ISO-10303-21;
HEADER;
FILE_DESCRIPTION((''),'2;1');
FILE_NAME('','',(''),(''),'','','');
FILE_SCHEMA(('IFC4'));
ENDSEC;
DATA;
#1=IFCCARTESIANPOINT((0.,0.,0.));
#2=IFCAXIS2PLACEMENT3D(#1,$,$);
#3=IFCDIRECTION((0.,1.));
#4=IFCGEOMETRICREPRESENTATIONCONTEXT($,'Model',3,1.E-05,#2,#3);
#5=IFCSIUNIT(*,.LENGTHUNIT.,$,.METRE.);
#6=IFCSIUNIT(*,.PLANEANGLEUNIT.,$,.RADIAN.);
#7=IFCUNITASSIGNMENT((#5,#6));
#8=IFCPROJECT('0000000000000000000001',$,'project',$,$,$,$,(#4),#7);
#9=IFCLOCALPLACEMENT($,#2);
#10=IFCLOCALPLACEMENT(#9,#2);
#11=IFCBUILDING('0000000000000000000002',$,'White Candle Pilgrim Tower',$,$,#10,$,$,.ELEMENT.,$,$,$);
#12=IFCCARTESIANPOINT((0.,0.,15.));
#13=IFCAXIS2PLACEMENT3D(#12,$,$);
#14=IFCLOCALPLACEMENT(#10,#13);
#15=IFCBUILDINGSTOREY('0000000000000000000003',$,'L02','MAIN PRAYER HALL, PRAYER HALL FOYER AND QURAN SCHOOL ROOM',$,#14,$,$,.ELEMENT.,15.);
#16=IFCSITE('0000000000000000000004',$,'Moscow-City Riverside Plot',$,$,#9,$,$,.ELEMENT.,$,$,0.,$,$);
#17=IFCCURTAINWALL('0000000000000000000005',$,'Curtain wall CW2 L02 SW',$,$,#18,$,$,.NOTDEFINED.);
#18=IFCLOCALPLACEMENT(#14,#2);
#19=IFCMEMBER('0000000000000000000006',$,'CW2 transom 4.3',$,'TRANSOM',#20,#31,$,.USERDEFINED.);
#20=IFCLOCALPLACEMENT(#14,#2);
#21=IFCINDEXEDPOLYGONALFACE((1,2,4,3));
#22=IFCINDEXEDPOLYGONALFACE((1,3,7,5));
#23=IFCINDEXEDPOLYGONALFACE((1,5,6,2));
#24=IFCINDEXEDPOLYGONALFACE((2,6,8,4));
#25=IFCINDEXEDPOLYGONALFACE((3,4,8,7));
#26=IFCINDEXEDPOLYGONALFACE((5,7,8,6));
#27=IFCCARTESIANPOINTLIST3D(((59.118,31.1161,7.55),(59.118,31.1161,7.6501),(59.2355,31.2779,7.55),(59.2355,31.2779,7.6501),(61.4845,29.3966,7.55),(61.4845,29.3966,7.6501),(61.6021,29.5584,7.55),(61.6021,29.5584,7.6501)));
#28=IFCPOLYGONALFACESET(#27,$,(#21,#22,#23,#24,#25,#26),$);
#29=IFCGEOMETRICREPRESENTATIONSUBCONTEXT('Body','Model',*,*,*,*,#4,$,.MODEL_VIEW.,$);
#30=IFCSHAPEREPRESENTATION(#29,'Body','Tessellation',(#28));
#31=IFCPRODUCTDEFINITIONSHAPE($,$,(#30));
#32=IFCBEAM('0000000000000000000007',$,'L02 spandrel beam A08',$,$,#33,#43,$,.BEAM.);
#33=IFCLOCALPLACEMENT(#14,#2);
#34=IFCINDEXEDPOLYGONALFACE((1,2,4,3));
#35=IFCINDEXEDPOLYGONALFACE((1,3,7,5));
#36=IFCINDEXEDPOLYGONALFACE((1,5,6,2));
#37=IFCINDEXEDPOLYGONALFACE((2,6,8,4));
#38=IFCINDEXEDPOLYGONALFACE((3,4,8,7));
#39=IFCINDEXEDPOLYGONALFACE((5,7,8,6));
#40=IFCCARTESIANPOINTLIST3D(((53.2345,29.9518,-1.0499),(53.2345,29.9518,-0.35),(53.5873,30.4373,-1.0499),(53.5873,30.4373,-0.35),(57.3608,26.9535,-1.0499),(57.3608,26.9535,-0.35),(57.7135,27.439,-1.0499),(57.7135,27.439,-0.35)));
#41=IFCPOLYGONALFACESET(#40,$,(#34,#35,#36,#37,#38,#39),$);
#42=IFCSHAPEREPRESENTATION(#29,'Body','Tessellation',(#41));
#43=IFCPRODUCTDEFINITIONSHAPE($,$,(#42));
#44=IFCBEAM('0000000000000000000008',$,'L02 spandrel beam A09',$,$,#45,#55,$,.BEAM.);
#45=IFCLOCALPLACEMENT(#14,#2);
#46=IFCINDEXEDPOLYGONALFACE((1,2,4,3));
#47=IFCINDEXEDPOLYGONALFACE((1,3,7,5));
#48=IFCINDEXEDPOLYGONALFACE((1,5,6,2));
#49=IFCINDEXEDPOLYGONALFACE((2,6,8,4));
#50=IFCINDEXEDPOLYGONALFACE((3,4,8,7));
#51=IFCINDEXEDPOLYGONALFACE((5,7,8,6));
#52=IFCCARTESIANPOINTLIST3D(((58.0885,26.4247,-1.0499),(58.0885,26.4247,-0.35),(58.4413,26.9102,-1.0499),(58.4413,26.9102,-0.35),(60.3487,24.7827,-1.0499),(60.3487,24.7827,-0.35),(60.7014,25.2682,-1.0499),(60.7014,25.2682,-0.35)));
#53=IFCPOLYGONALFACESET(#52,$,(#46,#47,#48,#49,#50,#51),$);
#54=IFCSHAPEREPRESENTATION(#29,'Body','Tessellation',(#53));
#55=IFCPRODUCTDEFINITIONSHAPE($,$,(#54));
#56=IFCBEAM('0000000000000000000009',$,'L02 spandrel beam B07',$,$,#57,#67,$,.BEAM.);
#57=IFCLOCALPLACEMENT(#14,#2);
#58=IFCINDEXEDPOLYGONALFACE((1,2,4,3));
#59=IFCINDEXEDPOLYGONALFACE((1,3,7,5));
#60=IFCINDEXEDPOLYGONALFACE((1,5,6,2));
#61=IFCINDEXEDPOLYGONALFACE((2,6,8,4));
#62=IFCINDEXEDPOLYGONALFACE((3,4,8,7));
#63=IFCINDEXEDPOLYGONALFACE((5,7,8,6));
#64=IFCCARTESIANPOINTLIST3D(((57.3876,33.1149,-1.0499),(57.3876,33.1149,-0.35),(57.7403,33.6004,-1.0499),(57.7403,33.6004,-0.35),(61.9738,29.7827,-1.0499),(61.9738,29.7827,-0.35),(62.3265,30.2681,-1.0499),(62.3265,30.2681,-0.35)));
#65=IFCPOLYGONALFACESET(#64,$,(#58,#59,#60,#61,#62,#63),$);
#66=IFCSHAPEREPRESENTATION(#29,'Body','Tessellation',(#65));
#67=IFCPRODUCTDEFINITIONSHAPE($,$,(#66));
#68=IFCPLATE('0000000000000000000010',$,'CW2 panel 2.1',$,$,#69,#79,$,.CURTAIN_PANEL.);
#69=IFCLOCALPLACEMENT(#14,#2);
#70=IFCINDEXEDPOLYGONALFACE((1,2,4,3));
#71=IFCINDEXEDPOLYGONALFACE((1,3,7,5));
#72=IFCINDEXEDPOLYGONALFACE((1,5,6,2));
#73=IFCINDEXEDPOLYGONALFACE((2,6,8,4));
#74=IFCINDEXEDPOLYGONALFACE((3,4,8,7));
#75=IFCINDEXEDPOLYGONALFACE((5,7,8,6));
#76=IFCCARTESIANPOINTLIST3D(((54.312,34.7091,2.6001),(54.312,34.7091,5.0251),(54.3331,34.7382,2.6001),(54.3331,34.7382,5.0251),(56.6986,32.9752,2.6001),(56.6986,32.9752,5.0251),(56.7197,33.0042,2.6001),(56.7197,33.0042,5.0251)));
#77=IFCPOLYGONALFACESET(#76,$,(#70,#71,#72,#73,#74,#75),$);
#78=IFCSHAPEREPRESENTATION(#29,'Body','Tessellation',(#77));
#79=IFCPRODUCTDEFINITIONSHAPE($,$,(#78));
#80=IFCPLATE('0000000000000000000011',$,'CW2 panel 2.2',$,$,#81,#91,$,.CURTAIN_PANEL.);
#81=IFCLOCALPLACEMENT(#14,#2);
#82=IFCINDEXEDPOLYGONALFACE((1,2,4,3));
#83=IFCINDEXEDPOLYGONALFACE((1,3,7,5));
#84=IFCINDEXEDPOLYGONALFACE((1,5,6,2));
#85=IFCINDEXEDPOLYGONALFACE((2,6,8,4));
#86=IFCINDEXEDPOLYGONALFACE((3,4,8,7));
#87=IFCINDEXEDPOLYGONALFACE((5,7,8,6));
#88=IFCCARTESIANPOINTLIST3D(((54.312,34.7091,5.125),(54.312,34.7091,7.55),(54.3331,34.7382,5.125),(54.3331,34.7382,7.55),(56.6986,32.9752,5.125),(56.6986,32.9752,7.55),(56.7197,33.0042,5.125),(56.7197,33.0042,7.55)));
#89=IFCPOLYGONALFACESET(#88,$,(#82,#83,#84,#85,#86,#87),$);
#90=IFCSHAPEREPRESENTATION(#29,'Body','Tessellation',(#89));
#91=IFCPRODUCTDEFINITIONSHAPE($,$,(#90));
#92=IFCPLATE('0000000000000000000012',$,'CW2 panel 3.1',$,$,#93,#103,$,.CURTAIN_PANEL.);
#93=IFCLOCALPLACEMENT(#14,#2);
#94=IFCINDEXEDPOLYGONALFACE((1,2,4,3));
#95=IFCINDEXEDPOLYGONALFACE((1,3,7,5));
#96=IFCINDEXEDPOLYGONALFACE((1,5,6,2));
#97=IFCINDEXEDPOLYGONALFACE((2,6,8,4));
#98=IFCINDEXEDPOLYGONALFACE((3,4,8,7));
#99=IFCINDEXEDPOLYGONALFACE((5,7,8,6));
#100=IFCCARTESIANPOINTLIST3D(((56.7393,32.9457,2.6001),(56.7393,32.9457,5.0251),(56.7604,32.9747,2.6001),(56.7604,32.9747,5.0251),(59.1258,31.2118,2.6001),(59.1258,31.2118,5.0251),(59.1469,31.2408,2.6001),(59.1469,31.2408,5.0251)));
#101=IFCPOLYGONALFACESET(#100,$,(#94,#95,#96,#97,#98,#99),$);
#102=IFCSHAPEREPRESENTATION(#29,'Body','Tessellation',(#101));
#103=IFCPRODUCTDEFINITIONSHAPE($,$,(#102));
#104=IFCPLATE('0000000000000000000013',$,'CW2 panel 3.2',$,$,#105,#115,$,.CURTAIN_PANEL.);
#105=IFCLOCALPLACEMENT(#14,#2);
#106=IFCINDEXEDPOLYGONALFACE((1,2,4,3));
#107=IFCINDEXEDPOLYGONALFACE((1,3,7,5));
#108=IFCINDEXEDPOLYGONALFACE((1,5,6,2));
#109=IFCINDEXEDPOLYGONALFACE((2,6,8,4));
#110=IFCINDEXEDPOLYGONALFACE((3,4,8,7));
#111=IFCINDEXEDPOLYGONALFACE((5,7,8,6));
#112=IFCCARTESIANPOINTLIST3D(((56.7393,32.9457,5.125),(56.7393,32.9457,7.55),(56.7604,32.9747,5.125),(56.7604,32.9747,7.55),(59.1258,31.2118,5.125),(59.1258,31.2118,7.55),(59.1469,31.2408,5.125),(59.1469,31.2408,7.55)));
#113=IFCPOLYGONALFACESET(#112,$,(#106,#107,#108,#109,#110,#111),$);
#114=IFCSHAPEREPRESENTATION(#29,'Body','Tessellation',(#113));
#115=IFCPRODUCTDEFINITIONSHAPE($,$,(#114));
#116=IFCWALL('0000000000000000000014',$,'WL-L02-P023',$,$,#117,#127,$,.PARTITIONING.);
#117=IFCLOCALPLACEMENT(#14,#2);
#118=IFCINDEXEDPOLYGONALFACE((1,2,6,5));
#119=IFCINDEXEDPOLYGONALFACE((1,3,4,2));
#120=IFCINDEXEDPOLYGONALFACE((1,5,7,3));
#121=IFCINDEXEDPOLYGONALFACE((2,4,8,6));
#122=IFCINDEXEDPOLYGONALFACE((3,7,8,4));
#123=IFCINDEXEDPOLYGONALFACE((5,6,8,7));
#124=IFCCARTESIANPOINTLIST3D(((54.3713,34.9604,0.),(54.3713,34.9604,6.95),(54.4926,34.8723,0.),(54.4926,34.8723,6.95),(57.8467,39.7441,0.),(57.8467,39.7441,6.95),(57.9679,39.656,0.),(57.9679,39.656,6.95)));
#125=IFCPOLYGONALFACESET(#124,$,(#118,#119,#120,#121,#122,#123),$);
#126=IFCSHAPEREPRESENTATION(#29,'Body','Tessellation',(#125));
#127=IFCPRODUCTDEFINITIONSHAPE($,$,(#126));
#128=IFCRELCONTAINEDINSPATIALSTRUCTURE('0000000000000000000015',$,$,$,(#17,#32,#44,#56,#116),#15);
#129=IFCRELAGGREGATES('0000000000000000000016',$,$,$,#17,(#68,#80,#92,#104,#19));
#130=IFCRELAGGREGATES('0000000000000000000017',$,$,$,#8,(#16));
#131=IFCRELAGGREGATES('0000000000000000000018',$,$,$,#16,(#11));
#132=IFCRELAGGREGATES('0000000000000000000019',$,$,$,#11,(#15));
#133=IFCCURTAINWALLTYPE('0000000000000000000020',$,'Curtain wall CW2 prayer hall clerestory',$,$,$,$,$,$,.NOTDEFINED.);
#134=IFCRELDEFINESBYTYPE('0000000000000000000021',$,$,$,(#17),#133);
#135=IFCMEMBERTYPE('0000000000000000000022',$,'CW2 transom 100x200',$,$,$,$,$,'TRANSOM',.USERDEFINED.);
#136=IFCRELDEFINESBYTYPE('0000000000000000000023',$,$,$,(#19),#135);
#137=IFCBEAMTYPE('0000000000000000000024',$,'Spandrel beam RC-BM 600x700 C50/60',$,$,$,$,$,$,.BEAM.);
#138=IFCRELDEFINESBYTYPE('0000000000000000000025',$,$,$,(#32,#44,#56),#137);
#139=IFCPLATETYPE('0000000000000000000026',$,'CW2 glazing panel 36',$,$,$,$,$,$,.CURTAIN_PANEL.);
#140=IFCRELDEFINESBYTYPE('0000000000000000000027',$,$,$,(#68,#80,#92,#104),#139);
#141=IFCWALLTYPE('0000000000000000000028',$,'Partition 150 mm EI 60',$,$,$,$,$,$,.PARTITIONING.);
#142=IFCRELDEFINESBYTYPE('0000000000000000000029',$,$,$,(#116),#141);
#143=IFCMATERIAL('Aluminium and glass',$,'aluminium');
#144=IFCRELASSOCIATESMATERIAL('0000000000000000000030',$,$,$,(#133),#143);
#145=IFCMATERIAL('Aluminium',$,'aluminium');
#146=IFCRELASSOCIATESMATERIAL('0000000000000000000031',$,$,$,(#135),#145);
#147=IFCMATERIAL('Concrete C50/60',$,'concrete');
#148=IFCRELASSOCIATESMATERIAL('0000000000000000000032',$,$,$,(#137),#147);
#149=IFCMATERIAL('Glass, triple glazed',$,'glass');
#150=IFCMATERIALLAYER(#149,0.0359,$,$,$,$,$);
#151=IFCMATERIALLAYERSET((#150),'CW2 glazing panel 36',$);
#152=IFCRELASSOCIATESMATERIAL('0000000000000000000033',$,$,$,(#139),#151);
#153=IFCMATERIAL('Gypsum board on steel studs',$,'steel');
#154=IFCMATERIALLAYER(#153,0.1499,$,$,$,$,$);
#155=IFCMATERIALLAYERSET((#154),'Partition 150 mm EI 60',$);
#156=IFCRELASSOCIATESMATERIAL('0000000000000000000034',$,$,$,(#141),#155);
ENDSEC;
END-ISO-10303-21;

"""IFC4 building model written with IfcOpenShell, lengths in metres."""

from ifc_helpers import new_model, si_unit, direction, frame, frame_2d, origin, origin_2d, place, context, subcontext, project, spatial, rectangle, extrude, material, layer, layer_set, material_profile, profile_set, type_object, element, aggregate, save


model = new_model("IFC4")

# Units and contexts
model_context = context("Model", 3, precision=1e-05, world=origin(), true_north=direction((0.0, 1.0)))
body_context = subcontext(model_context, "Body", "Model", "MODEL_VIEW")
ifc_project = project(units=[si_unit("LENGTHUNIT", "METRE"), si_unit("PLANEANGLEUNIT", "RADIAN")], contexts=[model_context])

# Site, building, storey
site_placement = place(None, origin())
site = spatial("IfcSite", under=ifc_project, at=site_placement, Name="Moscow-City Riverside Plot", CompositionType="ELEMENT", RefElevation=0.0)
building_placement = place(site_placement, origin())
building = spatial("IfcBuilding", under=site, at=building_placement, Name="White Candle Pilgrim Tower", CompositionType="ELEMENT")
storey_placement = place(building_placement, frame((0.0, 0.0, 15.0)))
storey = spatial("IfcBuildingStorey", under=building, at=storey_placement, Name="L02", Description="MAIN PRAYER HALL, PRAYER HALL FOYER AND QURAN SCHOOL ROOM", CompositionType="ELEMENT", Elevation=15.0)

# Curtain wall, member
ifc_material_1 = material(Name="Aluminium and glass", Category="aluminium")
curtain_wall_type = type_object("IfcCurtainWallType", Name="Curtain wall CW2 prayer hall clerestory", PredefinedType="NOTDEFINED", material=ifc_material_1)
curtain_wall_placement = place(storey_placement, origin())
curtain_wall = element("IfcCurtainWall", 1, at=curtain_wall_placement, inside=storey, type_object=curtain_wall_type, Name="Curtain wall CW2 L02 SW", PredefinedType="NOTDEFINED")
ifc_material_2 = material(Name="Aluminium", Category="aluminium")
ifc_material_profile_1 = material_profile(ifc_material_2, rectangle(XDim=0.2, YDim=0.1001, at=origin_2d()), Name="CW2 transom 100x200")
ifc_profile_set_1 = profile_set([ifc_material_profile_1], Name="Aluminium")
member_type_1 = type_object("IfcMemberType", Name="CW2 transom 100x200", ElementType="TRANSOM", PredefinedType="USERDEFINED", material=ifc_profile_set_1)
member_1_placement = place(storey_placement, frame((59.1768, 31.197, 7.6001), z_axis=(0.808992, -0.587819, 0.0), x_axis=(0.587819, 0.808992, 0.0)))
member_1 = element("IfcMember", 2, at=member_1_placement, type_object=member_type_1, Name="CW2 transom 4.3", ObjectType="TRANSOM", PredefinedType="USERDEFINED", context=body_context, shape_type="SweptSolid", body=[
    extrude(rectangle(XDim=0.2, YDim=0.1001, at=origin_2d()), origin(), (0.0, 0.0, 1.0), 2.9253),
])

# Beams
ifc_material_3 = material(Name="Concrete C50/60", Category="concrete")
ifc_material_profile_2 = material_profile(ifc_material_3, rectangle(XDim=0.6001, YDim=0.7, at=origin_2d()), Name="RC-BM 600x700")
ifc_profile_set_2 = profile_set([ifc_material_profile_2], Name="Concrete C50/60")
beam_type = type_object("IfcBeamType", Name="Spandrel beam RC-BM 600x700 C50/60", PredefinedType="BEAM", material=ifc_profile_set_2)
beam_1_placement = place(storey_placement, frame((53.4109, 30.1946, -0.7), z_axis=(0.808978, -0.587839, 0.0), x_axis=(0.587839, 0.808978, 0.0)))
element("IfcBeam", 3, at=beam_1_placement, inside=storey, type_object=beam_type, Name="L02 spandrel beam A08", PredefinedType="BEAM", context=body_context, shape_type="SweptSolid", body=[
    extrude(rectangle(XDim=0.6001, YDim=0.7, at=origin_2d()), origin(), (0.0, 0.0, 1.0), 5.1006),
])
beam_2_placement = place(storey_placement, frame((58.2649, 26.6675, -0.7), z_axis=(0.809031, -0.587766, 0.0), x_axis=(0.587766, 0.809031, 0.0)))
element("IfcBeam", 4, at=beam_2_placement, inside=storey, type_object=beam_type, Name="L02 spandrel beam A09", PredefinedType="BEAM", context=body_context, shape_type="SweptSolid", body=[
    extrude(rectangle(XDim=0.6001, YDim=0.7, at=origin_2d()), origin(), (0.0, 0.0, 1.0), 2.7937),
])
beam_3_placement = place(storey_placement, frame((57.564, 33.3577, -0.7), z_axis=(0.808999, -0.587811, 0.0), x_axis=(0.587811, 0.808999, 0.0)))
element("IfcBeam", 5, at=beam_3_placement, inside=storey, type_object=beam_type, Name="L02 spandrel beam B07", PredefinedType="BEAM", context=body_context, shape_type="SweptSolid", body=[
    extrude(rectangle(XDim=0.6001, YDim=0.7, at=origin_2d()), origin(), (0.0, 0.0, 1.0), 5.6689),
])

# Plates
ifc_material_4 = material(Name="Glass, triple glazed", Category="glass")
ifc_layer_1 = layer(ifc_material_4, 0.0359)
ifc_layer_set_1 = layer_set([ifc_layer_1], Name="CW2 glazing panel 36")
plate_type = type_object("IfcPlateType", Name="CW2 glazing panel 36", PredefinedType="CURTAIN_PANEL", material=ifc_layer_set_1)
plate_1_placement = place(storey_placement, frame((55.5159, 33.8567, 2.6001), z_axis=(0.0, 0.0, 1.0), x_axis=(0.809017, -0.587785, 0.0)))
plate_1 = element("IfcPlate", 6, at=plate_1_placement, type_object=plate_type, Name="CW2 panel 2.1", PredefinedType="CURTAIN_PANEL", context=body_context, shape_type="SweptSolid", body=[
    extrude(rectangle(XDim=2.95, YDim=0.0359, at=origin_2d()), origin(), (0.0, 0.0, 1.0), 2.425),
])
plate_2_placement = place(storey_placement, frame((55.5159, 33.8567, 5.125), z_axis=(0.0, 0.0, 1.0), x_axis=(0.809017, -0.587785, 0.0)))
plate_2 = element("IfcPlate", 7, at=plate_2_placement, type_object=plate_type, Name="CW2 panel 2.2", PredefinedType="CURTAIN_PANEL", context=body_context, shape_type="SweptSolid", body=[
    extrude(rectangle(XDim=2.95, YDim=0.0359, at=origin_2d()), origin(), (0.0, 0.0, 1.0), 2.425),
])
plate_3_placement = place(storey_placement, frame((57.9431, 32.0933, 2.6001), z_axis=(0.0, 0.0, 1.0), x_axis=(0.809017, -0.587785, 0.0)))
plate_3 = element("IfcPlate", 8, at=plate_3_placement, type_object=plate_type, Name="CW2 panel 3.1", PredefinedType="CURTAIN_PANEL", context=body_context, shape_type="SweptSolid", body=[
    extrude(rectangle(XDim=2.95, YDim=0.0359, at=origin_2d()), origin(), (0.0, 0.0, 1.0), 2.425),
])
plate_4_placement = place(storey_placement, frame((57.9431, 32.0933, 5.125), z_axis=(0.0, 0.0, 1.0), x_axis=(0.809017, -0.587785, 0.0)))
plate_4 = element("IfcPlate", 9, at=plate_4_placement, type_object=plate_type, Name="CW2 panel 3.2", PredefinedType="CURTAIN_PANEL", context=body_context, shape_type="SweptSolid", body=[
    extrude(rectangle(XDim=2.95, YDim=0.0359, at=origin_2d()), origin(), (0.0, 0.0, 1.0), 2.425),
])
aggregate(curtain_wall, [plate_1, plate_2, plate_3, plate_4, member_1])

# Wall
ifc_material_5 = material(Name="Gypsum board on steel studs", Category="steel")
ifc_layer_2 = layer(ifc_material_5, 0.1499)
ifc_layer_set_2 = layer_set([ifc_layer_2], Name="Partition 150 mm EI 60")
wall_type = type_object("IfcWallType", Name="Partition 150 mm EI 60", PredefinedType="PARTITIONING", material=ifc_layer_set_2)
wall_placement = place(storey_placement, frame((54.4319, 34.9163, 0.0), z_axis=(0.0, 0.0, 1.0), x_axis=(0.587762, 0.809034, 0.0)))
element("IfcWall", 10, at=wall_placement, inside=storey, type_object=wall_type, Name="WL-L02-P023", PredefinedType="PARTITIONING", context=body_context, shape_type="SweptSolid", body=[
    extrude(rectangle(XDim=5.9128, YDim=0.1499, at=frame_2d((2.9565, 0.0))), origin(), (0.0, 0.0, 1.0), 6.95),
])

save(model, "model.ifc")
